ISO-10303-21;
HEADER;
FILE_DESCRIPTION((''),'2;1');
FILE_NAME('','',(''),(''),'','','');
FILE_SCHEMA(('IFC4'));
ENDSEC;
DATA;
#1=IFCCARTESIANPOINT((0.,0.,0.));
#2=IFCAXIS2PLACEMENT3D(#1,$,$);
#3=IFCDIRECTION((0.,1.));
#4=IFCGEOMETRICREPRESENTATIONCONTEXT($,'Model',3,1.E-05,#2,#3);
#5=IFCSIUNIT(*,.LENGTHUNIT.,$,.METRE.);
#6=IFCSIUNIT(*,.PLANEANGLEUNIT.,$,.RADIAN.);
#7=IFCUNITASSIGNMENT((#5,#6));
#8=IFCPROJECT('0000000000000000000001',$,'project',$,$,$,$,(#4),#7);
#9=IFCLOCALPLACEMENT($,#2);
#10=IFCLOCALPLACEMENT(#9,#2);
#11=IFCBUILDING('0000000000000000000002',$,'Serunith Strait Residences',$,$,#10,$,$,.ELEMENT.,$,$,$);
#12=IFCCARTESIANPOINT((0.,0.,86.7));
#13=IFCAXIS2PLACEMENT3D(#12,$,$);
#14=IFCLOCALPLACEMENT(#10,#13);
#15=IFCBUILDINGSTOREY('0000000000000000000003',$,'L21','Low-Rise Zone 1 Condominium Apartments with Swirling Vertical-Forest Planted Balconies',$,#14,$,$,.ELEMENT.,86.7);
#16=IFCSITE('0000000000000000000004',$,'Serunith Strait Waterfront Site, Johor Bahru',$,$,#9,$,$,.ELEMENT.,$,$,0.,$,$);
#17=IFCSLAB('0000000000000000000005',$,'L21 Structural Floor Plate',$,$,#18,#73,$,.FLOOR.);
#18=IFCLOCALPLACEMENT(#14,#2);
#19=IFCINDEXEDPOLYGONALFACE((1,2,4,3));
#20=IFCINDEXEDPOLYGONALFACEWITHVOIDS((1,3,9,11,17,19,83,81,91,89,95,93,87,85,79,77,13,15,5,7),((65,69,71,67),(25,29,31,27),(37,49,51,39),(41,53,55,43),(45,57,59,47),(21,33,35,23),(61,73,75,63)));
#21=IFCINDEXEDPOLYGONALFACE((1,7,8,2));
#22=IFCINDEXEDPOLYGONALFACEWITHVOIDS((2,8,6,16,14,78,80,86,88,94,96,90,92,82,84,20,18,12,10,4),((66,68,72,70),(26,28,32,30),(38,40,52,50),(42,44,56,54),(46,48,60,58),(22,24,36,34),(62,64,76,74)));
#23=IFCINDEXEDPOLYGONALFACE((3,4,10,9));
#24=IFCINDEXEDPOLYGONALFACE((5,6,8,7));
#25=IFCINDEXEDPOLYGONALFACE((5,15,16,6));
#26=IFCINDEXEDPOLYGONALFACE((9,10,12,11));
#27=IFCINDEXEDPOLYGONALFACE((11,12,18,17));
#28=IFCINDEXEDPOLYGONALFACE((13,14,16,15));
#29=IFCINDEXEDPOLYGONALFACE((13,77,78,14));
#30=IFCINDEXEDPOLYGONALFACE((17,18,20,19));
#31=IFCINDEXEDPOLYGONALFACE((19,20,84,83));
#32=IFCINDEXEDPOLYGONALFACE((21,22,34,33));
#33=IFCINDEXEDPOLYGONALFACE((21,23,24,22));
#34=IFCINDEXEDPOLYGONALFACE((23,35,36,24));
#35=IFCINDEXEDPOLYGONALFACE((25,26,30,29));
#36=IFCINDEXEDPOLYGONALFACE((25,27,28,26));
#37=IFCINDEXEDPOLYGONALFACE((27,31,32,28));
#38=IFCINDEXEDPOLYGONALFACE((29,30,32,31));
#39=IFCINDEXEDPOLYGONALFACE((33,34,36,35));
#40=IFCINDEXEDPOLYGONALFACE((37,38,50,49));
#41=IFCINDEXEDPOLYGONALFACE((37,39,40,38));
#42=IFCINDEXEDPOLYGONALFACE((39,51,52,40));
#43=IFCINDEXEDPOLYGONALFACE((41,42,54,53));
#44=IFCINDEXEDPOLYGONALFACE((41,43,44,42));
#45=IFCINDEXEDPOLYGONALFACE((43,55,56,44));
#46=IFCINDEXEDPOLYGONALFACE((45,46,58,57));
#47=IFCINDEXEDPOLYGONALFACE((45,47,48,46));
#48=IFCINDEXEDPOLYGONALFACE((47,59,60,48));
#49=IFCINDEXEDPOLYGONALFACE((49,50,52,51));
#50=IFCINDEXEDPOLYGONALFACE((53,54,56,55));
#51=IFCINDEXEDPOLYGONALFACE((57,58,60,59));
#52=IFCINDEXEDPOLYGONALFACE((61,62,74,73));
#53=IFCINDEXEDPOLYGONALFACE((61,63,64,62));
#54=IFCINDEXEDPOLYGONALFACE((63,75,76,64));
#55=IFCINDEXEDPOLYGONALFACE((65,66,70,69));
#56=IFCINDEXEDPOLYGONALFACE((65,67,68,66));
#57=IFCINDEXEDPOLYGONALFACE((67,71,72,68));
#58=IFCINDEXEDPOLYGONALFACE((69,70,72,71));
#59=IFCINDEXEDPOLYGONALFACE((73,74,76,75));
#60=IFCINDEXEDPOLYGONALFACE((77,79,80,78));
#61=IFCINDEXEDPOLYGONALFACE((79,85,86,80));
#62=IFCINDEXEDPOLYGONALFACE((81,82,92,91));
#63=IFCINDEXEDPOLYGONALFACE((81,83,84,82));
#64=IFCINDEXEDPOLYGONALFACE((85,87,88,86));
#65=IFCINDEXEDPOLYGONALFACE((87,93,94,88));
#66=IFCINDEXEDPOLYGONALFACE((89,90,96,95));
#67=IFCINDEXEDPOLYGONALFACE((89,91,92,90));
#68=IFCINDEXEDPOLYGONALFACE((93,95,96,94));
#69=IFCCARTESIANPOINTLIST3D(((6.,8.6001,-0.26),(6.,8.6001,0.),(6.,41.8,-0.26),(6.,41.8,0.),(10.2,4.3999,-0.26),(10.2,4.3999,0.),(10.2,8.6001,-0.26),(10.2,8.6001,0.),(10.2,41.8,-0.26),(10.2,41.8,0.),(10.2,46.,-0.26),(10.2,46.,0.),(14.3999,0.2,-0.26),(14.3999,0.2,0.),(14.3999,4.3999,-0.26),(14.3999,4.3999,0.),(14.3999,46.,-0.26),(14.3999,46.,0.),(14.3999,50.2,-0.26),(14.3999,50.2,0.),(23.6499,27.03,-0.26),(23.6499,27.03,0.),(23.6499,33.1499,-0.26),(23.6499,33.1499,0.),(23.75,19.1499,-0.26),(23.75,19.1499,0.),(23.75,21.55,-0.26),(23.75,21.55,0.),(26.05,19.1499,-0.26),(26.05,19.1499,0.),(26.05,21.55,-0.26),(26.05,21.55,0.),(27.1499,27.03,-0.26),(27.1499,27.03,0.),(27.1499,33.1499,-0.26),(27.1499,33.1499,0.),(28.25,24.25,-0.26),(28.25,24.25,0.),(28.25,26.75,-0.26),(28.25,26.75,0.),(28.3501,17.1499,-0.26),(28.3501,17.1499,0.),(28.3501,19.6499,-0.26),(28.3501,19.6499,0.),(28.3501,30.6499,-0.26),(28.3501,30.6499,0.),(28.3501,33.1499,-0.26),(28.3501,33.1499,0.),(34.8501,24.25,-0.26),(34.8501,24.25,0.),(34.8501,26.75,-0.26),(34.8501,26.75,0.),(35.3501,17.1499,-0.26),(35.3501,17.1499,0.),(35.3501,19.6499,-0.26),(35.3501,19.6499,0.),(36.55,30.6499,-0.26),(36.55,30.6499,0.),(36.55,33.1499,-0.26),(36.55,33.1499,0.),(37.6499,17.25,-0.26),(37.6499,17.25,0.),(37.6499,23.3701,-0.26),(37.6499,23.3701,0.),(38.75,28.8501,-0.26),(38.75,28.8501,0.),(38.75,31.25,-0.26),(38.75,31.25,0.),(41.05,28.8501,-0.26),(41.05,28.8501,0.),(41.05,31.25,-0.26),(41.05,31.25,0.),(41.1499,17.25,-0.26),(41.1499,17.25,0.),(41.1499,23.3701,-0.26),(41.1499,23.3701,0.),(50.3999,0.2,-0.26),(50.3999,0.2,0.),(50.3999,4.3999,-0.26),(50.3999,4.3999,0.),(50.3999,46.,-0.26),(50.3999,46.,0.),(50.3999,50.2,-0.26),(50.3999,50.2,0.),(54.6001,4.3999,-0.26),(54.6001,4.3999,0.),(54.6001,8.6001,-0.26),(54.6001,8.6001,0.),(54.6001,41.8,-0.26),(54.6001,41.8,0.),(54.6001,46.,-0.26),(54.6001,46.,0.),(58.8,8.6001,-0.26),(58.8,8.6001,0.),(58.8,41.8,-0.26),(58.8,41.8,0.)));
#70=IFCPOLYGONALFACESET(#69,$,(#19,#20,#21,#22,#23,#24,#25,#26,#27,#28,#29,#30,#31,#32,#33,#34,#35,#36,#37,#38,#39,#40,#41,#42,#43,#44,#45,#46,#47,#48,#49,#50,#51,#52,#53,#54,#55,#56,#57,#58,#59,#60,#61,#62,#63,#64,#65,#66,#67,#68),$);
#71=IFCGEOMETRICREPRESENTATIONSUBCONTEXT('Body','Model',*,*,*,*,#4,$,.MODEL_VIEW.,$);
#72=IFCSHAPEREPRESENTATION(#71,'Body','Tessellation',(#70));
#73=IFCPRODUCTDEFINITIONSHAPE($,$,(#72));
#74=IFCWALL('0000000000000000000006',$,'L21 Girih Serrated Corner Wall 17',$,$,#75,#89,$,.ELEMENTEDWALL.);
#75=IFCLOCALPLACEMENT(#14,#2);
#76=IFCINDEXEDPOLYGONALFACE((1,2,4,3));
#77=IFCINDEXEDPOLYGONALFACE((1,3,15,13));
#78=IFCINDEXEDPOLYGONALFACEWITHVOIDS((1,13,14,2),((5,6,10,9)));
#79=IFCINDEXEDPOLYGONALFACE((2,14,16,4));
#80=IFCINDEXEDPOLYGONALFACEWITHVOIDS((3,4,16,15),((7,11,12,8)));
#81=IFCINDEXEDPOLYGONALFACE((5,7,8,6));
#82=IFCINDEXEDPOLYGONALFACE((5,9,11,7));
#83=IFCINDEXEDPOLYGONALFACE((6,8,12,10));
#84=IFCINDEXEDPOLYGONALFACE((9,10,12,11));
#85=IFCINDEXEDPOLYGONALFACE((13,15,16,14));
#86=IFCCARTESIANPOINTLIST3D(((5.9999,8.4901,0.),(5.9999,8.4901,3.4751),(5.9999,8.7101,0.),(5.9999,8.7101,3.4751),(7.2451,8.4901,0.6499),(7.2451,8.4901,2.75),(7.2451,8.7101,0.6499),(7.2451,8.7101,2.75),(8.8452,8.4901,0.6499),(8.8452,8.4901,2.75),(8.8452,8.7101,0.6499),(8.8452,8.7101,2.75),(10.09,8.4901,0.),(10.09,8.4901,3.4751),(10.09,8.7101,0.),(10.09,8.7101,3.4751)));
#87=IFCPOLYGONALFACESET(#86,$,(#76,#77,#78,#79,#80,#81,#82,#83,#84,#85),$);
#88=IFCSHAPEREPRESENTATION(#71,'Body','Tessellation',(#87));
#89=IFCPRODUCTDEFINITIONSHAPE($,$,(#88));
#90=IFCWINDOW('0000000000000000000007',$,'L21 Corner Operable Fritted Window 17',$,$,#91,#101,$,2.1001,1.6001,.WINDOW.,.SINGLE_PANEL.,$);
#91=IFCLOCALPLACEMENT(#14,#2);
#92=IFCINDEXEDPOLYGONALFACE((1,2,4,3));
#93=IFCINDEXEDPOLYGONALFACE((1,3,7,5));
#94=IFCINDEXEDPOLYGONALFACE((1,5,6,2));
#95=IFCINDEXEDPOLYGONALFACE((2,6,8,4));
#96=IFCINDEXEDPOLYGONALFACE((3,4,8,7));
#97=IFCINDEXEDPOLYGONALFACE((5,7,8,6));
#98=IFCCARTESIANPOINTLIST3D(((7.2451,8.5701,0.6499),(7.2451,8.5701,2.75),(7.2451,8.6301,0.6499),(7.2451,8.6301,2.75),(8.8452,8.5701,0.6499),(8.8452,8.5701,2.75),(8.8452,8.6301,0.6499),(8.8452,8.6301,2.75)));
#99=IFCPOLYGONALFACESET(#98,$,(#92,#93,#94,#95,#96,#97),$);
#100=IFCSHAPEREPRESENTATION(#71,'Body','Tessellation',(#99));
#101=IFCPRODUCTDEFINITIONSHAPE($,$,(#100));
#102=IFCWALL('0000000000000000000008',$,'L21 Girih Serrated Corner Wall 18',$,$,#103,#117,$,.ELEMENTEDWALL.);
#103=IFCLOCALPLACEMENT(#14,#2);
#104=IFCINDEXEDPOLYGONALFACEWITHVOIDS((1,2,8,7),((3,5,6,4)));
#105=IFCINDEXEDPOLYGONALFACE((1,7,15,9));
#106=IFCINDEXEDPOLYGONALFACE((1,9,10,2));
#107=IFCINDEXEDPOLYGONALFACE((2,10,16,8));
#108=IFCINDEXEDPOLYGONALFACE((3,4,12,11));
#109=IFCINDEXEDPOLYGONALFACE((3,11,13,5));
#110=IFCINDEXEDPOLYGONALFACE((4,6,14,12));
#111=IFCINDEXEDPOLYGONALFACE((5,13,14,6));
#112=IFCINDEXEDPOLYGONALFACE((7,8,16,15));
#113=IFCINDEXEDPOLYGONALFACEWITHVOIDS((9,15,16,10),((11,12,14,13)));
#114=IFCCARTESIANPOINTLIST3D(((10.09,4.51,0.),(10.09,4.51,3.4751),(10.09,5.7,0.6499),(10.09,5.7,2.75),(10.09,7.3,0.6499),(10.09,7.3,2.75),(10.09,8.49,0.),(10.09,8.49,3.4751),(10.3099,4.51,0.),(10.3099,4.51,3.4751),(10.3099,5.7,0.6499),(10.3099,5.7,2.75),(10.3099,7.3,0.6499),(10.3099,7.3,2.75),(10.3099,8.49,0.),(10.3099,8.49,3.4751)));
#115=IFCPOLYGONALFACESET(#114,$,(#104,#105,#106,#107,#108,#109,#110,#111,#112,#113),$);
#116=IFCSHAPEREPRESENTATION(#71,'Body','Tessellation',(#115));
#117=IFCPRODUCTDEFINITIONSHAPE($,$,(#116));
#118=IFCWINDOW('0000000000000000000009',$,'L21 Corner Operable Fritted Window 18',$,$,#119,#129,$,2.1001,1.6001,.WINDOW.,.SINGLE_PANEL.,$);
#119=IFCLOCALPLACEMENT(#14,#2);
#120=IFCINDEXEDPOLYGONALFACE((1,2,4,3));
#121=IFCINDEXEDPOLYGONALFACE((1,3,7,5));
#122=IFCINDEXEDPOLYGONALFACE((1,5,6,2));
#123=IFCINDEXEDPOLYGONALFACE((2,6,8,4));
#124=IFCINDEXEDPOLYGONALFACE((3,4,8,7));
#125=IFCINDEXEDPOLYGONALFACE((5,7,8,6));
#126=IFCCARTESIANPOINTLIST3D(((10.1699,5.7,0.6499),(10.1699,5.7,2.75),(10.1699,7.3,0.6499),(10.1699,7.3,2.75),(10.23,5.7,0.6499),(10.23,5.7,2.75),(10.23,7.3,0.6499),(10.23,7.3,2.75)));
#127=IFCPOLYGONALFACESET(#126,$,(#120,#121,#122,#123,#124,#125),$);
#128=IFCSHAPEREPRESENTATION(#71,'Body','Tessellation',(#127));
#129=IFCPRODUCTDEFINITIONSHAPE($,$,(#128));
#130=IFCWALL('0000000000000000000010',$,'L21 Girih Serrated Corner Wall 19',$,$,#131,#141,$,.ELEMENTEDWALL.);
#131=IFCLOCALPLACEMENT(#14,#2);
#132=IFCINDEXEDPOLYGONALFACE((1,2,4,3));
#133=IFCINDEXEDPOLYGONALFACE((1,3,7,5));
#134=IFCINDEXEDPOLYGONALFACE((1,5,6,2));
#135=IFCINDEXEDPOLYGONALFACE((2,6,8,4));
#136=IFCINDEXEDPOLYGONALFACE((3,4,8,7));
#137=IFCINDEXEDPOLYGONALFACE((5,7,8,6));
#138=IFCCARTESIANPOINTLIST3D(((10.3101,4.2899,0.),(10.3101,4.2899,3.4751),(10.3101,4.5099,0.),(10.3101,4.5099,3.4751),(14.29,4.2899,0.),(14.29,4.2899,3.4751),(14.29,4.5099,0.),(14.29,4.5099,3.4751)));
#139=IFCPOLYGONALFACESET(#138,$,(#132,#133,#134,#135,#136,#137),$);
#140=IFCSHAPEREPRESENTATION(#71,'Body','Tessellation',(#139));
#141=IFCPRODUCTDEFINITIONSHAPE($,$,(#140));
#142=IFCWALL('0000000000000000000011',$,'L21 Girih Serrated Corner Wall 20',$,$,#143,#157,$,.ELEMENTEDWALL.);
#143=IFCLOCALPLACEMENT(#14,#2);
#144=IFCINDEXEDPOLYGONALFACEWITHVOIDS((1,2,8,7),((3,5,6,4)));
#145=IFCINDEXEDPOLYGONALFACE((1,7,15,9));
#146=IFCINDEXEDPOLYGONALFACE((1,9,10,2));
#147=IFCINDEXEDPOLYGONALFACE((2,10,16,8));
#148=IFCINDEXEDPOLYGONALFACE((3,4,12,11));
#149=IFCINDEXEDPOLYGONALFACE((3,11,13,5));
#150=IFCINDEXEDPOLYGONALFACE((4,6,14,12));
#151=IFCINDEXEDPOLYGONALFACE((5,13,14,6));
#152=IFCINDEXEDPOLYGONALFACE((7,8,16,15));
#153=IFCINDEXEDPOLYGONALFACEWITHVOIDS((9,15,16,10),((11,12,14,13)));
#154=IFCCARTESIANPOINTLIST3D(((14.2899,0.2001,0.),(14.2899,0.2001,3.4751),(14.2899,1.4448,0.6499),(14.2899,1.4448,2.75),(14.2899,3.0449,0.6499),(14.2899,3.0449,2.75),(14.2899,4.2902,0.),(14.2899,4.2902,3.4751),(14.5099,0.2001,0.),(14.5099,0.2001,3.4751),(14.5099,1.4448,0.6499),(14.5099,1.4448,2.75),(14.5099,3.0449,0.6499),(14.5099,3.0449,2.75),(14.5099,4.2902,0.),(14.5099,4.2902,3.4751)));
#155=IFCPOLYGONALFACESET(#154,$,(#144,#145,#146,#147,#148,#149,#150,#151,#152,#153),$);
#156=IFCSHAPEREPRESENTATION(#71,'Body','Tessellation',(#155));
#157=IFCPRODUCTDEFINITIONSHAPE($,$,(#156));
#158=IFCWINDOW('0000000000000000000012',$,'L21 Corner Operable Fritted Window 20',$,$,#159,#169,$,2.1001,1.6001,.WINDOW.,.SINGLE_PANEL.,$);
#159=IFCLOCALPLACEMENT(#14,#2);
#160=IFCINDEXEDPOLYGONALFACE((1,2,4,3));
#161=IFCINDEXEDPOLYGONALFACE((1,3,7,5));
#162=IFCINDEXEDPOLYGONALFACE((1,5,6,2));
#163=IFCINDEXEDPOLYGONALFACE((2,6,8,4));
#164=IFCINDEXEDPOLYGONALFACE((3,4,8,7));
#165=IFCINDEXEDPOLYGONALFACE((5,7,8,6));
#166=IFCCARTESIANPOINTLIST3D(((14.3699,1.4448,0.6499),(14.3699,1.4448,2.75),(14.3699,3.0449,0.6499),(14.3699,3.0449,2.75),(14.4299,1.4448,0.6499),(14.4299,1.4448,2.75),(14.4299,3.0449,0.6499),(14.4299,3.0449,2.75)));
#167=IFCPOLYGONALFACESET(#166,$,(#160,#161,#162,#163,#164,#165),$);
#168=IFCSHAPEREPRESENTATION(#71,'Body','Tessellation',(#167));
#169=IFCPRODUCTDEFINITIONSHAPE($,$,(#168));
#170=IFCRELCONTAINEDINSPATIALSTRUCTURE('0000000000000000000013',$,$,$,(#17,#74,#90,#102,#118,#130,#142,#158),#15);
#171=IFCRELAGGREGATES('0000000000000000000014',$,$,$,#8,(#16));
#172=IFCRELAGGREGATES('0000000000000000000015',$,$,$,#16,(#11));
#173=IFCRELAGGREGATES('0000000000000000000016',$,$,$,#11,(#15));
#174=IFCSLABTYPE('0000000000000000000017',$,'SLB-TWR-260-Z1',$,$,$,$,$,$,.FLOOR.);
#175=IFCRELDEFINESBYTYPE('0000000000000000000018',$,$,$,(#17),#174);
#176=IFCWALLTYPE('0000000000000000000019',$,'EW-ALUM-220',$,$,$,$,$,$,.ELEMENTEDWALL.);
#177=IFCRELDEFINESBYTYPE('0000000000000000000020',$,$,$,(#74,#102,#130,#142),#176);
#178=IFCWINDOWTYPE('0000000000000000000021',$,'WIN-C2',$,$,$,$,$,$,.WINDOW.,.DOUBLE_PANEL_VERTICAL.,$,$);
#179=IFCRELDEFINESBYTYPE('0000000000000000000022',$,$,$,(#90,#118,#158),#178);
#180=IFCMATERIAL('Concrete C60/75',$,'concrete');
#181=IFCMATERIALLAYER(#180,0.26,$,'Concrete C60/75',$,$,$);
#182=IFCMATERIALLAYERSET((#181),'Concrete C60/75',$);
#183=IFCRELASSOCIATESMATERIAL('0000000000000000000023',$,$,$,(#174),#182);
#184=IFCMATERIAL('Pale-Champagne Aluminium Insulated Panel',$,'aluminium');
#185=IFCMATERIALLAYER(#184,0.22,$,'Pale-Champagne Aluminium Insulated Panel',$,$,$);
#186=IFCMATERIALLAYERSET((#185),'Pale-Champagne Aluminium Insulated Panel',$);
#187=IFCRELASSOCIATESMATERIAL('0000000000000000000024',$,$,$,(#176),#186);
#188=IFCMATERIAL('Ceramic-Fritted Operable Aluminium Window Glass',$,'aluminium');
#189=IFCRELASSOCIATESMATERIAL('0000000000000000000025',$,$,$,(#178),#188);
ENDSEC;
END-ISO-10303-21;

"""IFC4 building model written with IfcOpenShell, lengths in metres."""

from ifc_helpers import new_model, si_unit, direction, frame, frame_2d, origin, place, context, subcontext, project, spatial, polyline, rectangle, outline, extrude, source, transform, mapped, material, layer, layer_set, type_object, element, fill, save


model = new_model("IFC4")

# Units and contexts
model_context = context("Model", 3, precision=1e-05, world=origin(), true_north=direction((0.0, 1.0)))
body_context = subcontext(model_context, "Body", "Model", "MODEL_VIEW")
ifc_project = project(units=[si_unit("LENGTHUNIT", "METRE"), si_unit("PLANEANGLEUNIT", "RADIAN")], contexts=[model_context])

# Site, building, storey
site_placement = place(None, origin())
site = spatial("IfcSite", under=ifc_project, at=site_placement, Name="Serunith Strait Waterfront Site, Johor Bahru", CompositionType="ELEMENT", RefElevation=0.0)
building_placement = place(site_placement, origin())
building = spatial("IfcBuilding", under=site, at=building_placement, Name="Serunith Strait Residences", CompositionType="ELEMENT")
storey_placement = place(building_placement, frame((0.0, 0.0, 86.7)))
storey = spatial("IfcBuildingStorey", under=building, at=storey_placement, Name="L21", Description="Low-Rise Zone 1 Condominium Apartments with Swirling Vertical-Forest Planted Balconies", CompositionType="ELEMENT", Elevation=86.7)

# Slab
ifc_material_1 = material(Name="Concrete C60/75", Category="concrete")
ifc_layer_1 = layer(ifc_material_1, 0.26, Name="Concrete C60/75")
ifc_layer_set_1 = layer_set([ifc_layer_1], Name="Concrete C60/75")
slab_type_1 = type_object("IfcSlabType", Name="SLB-TWR-260-Z1", PredefinedType="FLOOR", material=ifc_layer_set_1)
slab_1_placement = place(storey_placement, frame((0.0, 0.0, -0.26)))
element("IfcSlab", 1, at=slab_1_placement, inside=storey, type_object=slab_type_1, Name="L21 Structural Floor Plate", PredefinedType="FLOOR", context=body_context, shape_type="SweptSolid", body=[
    extrude(outline(polyline([(14.3999, 4.3999), (10.2, 4.3999), (10.2, 8.6001), (6.0, 8.6001), (6.0, 41.8), (10.2, 41.8), (10.2, 46.0), (14.3999, 46.0), (14.3999, 50.2), (50.3999, 50.2), (50.3999, 46.0), (54.6001, 46.0), (54.6001, 41.8), (58.8, 41.8), (58.8, 8.6001), (54.6001, 8.6001), (54.6001, 4.3999), (50.3999, 4.3999), (50.3999, 0.2), (14.3999, 0.2), (14.3999, 4.3999)]), holes=[polyline([(41.1499, 17.25), (41.1499, 23.3701), (37.6499, 23.3701), (37.6499, 17.25), (41.1499, 17.25)]), polyline([(41.05, 31.25), (38.75, 31.25), (38.75, 28.8501), (41.05, 28.8501), (41.05, 31.25)]), polyline([(36.55, 33.1499), (28.3501, 33.1499), (28.3501, 30.6499), (36.55, 30.6499), (36.55, 33.1499)]), polyline([(28.3501, 19.6499), (28.3501, 17.1499), (35.3501, 17.1499), (35.3501, 19.6499), (28.3501, 19.6499)]), polyline([(34.8501, 26.75), (28.25, 26.75), (28.25, 24.25), (34.8501, 24.25), (34.8501, 26.75)]), polyline([(23.6499, 33.1499), (23.6499, 27.03), (27.1499, 27.03), (27.1499, 33.1499), (23.6499, 33.1499)]), polyline([(26.05, 21.55), (23.75, 21.55), (23.75, 19.1499), (26.05, 19.1499), (26.05, 21.55)])]), origin(), (0.0, 0.0, 1.0), 0.26),
])

# Walls, openings, windows
ifc_material_2 = material(Name="Pale-Champagne Aluminium Insulated Panel", Category="aluminium")
ifc_layer_2 = layer(ifc_material_2, 0.22, Name="Pale-Champagne Aluminium Insulated Panel")
ifc_layer_set_2 = layer_set([ifc_layer_2], Name="Pale-Champagne Aluminium Insulated Panel")
wall_type_1 = type_object("IfcWallType", Name="EW-ALUM-220", PredefinedType="ELEMENTEDWALL", material=ifc_layer_set_2)
wall_1_placement = place(storey_placement, frame((6.0, 8.6001, 0.0), z_axis=(0.0, 0.0, 1.0), x_axis=(1.0, 0.0, 0.0)))
wall_1 = element("IfcWall", 2, at=wall_1_placement, inside=storey, type_object=wall_type_1, Name="L21 Girih Serrated Corner Wall 17", PredefinedType="ELEMENTEDWALL", context=body_context, shape_type="SweptSolid", body=[
    extrude(rectangle(XDim=4.0901, YDim=0.22, at=frame_2d((2.0449, 0.0))), origin(), (0.0, 0.0, 1.0), 3.4751),
])
opening_1_placement = place(wall_1_placement, frame((1.2451, 0.0, 0.6499)))
opening_1 = element("IfcOpeningElement", 3, at=opening_1_placement, cuts=wall_1, PredefinedType="OPENING", context=body_context, shape_type="SweptSolid", body=[
    extrude(rectangle(XDim=1.6001, YDim=2.1001, at=frame_2d((0.8, 1.05))), frame((0.0, 0.1201, 0.0), z_axis=(0.0, -1.0, 0.0), x_axis=(1.0, 0.0, 0.0)), (0.0, 0.0, 1.0), 0.24),
])
ifc_material_3 = material(Name="Ceramic-Fritted Operable Aluminium Window Glass", Category="aluminium")
window_type = type_object("IfcWindowType", Name="WIN-C2", PartitioningType="DOUBLE_PANEL_VERTICAL", PredefinedType="WINDOW", material=ifc_material_3)
shared_shape_1 = source(origin(), body_context, "Body", "SweptSolid", [
    extrude(rectangle(XDim=1.6001, YDim=2.1001, at=frame_2d((0.8, 1.05))), frame((0.0, 0.03, 0.0), z_axis=(0.0, -1.0, 0.0), x_axis=(1.0, 0.0, 0.0)), (0.0, 0.0, 1.0), 0.0601),
])
window_1_placement = place(opening_1_placement, origin())
window_1 = element("IfcWindow", 4, at=window_1_placement, inside=storey, type_object=window_type, Name="L21 Corner Operable Fritted Window 17", OverallHeight=2.1001, OverallWidth=1.6001, PartitioningType="SINGLE_PANEL", PredefinedType="WINDOW", context=body_context, shape_type="MappedRepresentation", body=[
    mapped(shared_shape_1, transform((0.0, 0.0, 0.0), scale=1.0)),
])
fill(opening_1, window_1)
wall_2_placement = place(storey_placement, frame((10.2, 8.49, 0.0), z_axis=(0.0, 0.0, 1.0), x_axis=(0.0, -1.0, 0.0)))
wall_2 = element("IfcWall", 5, at=wall_2_placement, inside=storey, type_object=wall_type_1, Name="L21 Girih Serrated Corner Wall 18", PredefinedType="ELEMENTEDWALL", context=body_context, shape_type="SweptSolid", body=[
    extrude(rectangle(XDim=3.98, YDim=0.22, at=frame_2d((1.99, 0.0))), origin(), (0.0, 0.0, 1.0), 3.4751),
])
opening_2_placement = place(wall_2_placement, frame((1.1899, 0.0, 0.6499)))
opening_2 = element("IfcOpeningElement", 6, at=opening_2_placement, cuts=wall_2, PredefinedType="OPENING", context=body_context, shape_type="SweptSolid", body=[
    extrude(rectangle(XDim=1.6001, YDim=2.1001, at=frame_2d((0.8, 1.05))), frame((0.0, 0.1201, 0.0), z_axis=(0.0, -1.0, 0.0), x_axis=(1.0, 0.0, 0.0)), (0.0, 0.0, 1.0), 0.24),
])
window_2_placement = place(opening_2_placement, origin())
window_2 = element("IfcWindow", 7, at=window_2_placement, inside=storey, type_object=window_type, Name="L21 Corner Operable Fritted Window 18", OverallHeight=2.1001, OverallWidth=1.6001, PartitioningType="SINGLE_PANEL", PredefinedType="WINDOW", context=body_context, shape_type="MappedRepresentation", body=[
    mapped(shared_shape_1, transform((0.0, 0.0, 0.0), scale=1.0)),
])
fill(opening_2, window_2)

# Wall
wall_3_placement = place(storey_placement, frame((10.3101, 4.3999, 0.0), z_axis=(0.0, 0.0, 1.0), x_axis=(1.0, 0.0, 0.0)))
element("IfcWall", 8, at=wall_3_placement, inside=storey, type_object=wall_type_1, Name="L21 Girih Serrated Corner Wall 19", PredefinedType="ELEMENTEDWALL", context=body_context, shape_type="SweptSolid", body=[
    extrude(rectangle(XDim=3.98, YDim=0.22, at=frame_2d((1.99, 0.0))), origin(), (0.0, 0.0, 1.0), 3.4751),
])

# Wall, opening, window
wall_4_placement = place(storey_placement, frame((14.3999, 4.29, 0.0), z_axis=(0.0, 0.0, 1.0), x_axis=(0.0, -1.0, 0.0)))
wall_4 = element("IfcWall", 9, at=wall_4_placement, inside=storey, type_object=wall_type_1, Name="L21 Girih Serrated Corner Wall 20", PredefinedType="ELEMENTEDWALL", context=body_context, shape_type="SweptSolid", body=[
    extrude(rectangle(XDim=4.0901, YDim=0.22, at=frame_2d((2.0449, 0.0))), origin(), (0.0, 0.0, 1.0), 3.4751),
])
opening_3_placement = place(wall_4_placement, frame((1.2451, 0.0, 0.6499)))
opening_3 = element("IfcOpeningElement", 10, at=opening_3_placement, cuts=wall_4, PredefinedType="OPENING", context=body_context, shape_type="SweptSolid", body=[
    extrude(rectangle(XDim=1.6001, YDim=2.1001, at=frame_2d((0.8, 1.05))), frame((0.0, 0.1201, 0.0), z_axis=(0.0, -1.0, 0.0), x_axis=(1.0, 0.0, 0.0)), (0.0, 0.0, 1.0), 0.24),
])
window_3_placement = place(opening_3_placement, origin())
window_3 = element("IfcWindow", 11, at=window_3_placement, inside=storey, type_object=window_type, Name="L21 Corner Operable Fritted Window 20", OverallHeight=2.1001, OverallWidth=1.6001, PartitioningType="SINGLE_PANEL", PredefinedType="WINDOW", context=body_context, shape_type="MappedRepresentation", body=[
    mapped(shared_shape_1, transform((0.0, 0.0, 0.0), scale=1.0)),
])
fill(opening_3, window_3)

save(model, "model.ifc")
